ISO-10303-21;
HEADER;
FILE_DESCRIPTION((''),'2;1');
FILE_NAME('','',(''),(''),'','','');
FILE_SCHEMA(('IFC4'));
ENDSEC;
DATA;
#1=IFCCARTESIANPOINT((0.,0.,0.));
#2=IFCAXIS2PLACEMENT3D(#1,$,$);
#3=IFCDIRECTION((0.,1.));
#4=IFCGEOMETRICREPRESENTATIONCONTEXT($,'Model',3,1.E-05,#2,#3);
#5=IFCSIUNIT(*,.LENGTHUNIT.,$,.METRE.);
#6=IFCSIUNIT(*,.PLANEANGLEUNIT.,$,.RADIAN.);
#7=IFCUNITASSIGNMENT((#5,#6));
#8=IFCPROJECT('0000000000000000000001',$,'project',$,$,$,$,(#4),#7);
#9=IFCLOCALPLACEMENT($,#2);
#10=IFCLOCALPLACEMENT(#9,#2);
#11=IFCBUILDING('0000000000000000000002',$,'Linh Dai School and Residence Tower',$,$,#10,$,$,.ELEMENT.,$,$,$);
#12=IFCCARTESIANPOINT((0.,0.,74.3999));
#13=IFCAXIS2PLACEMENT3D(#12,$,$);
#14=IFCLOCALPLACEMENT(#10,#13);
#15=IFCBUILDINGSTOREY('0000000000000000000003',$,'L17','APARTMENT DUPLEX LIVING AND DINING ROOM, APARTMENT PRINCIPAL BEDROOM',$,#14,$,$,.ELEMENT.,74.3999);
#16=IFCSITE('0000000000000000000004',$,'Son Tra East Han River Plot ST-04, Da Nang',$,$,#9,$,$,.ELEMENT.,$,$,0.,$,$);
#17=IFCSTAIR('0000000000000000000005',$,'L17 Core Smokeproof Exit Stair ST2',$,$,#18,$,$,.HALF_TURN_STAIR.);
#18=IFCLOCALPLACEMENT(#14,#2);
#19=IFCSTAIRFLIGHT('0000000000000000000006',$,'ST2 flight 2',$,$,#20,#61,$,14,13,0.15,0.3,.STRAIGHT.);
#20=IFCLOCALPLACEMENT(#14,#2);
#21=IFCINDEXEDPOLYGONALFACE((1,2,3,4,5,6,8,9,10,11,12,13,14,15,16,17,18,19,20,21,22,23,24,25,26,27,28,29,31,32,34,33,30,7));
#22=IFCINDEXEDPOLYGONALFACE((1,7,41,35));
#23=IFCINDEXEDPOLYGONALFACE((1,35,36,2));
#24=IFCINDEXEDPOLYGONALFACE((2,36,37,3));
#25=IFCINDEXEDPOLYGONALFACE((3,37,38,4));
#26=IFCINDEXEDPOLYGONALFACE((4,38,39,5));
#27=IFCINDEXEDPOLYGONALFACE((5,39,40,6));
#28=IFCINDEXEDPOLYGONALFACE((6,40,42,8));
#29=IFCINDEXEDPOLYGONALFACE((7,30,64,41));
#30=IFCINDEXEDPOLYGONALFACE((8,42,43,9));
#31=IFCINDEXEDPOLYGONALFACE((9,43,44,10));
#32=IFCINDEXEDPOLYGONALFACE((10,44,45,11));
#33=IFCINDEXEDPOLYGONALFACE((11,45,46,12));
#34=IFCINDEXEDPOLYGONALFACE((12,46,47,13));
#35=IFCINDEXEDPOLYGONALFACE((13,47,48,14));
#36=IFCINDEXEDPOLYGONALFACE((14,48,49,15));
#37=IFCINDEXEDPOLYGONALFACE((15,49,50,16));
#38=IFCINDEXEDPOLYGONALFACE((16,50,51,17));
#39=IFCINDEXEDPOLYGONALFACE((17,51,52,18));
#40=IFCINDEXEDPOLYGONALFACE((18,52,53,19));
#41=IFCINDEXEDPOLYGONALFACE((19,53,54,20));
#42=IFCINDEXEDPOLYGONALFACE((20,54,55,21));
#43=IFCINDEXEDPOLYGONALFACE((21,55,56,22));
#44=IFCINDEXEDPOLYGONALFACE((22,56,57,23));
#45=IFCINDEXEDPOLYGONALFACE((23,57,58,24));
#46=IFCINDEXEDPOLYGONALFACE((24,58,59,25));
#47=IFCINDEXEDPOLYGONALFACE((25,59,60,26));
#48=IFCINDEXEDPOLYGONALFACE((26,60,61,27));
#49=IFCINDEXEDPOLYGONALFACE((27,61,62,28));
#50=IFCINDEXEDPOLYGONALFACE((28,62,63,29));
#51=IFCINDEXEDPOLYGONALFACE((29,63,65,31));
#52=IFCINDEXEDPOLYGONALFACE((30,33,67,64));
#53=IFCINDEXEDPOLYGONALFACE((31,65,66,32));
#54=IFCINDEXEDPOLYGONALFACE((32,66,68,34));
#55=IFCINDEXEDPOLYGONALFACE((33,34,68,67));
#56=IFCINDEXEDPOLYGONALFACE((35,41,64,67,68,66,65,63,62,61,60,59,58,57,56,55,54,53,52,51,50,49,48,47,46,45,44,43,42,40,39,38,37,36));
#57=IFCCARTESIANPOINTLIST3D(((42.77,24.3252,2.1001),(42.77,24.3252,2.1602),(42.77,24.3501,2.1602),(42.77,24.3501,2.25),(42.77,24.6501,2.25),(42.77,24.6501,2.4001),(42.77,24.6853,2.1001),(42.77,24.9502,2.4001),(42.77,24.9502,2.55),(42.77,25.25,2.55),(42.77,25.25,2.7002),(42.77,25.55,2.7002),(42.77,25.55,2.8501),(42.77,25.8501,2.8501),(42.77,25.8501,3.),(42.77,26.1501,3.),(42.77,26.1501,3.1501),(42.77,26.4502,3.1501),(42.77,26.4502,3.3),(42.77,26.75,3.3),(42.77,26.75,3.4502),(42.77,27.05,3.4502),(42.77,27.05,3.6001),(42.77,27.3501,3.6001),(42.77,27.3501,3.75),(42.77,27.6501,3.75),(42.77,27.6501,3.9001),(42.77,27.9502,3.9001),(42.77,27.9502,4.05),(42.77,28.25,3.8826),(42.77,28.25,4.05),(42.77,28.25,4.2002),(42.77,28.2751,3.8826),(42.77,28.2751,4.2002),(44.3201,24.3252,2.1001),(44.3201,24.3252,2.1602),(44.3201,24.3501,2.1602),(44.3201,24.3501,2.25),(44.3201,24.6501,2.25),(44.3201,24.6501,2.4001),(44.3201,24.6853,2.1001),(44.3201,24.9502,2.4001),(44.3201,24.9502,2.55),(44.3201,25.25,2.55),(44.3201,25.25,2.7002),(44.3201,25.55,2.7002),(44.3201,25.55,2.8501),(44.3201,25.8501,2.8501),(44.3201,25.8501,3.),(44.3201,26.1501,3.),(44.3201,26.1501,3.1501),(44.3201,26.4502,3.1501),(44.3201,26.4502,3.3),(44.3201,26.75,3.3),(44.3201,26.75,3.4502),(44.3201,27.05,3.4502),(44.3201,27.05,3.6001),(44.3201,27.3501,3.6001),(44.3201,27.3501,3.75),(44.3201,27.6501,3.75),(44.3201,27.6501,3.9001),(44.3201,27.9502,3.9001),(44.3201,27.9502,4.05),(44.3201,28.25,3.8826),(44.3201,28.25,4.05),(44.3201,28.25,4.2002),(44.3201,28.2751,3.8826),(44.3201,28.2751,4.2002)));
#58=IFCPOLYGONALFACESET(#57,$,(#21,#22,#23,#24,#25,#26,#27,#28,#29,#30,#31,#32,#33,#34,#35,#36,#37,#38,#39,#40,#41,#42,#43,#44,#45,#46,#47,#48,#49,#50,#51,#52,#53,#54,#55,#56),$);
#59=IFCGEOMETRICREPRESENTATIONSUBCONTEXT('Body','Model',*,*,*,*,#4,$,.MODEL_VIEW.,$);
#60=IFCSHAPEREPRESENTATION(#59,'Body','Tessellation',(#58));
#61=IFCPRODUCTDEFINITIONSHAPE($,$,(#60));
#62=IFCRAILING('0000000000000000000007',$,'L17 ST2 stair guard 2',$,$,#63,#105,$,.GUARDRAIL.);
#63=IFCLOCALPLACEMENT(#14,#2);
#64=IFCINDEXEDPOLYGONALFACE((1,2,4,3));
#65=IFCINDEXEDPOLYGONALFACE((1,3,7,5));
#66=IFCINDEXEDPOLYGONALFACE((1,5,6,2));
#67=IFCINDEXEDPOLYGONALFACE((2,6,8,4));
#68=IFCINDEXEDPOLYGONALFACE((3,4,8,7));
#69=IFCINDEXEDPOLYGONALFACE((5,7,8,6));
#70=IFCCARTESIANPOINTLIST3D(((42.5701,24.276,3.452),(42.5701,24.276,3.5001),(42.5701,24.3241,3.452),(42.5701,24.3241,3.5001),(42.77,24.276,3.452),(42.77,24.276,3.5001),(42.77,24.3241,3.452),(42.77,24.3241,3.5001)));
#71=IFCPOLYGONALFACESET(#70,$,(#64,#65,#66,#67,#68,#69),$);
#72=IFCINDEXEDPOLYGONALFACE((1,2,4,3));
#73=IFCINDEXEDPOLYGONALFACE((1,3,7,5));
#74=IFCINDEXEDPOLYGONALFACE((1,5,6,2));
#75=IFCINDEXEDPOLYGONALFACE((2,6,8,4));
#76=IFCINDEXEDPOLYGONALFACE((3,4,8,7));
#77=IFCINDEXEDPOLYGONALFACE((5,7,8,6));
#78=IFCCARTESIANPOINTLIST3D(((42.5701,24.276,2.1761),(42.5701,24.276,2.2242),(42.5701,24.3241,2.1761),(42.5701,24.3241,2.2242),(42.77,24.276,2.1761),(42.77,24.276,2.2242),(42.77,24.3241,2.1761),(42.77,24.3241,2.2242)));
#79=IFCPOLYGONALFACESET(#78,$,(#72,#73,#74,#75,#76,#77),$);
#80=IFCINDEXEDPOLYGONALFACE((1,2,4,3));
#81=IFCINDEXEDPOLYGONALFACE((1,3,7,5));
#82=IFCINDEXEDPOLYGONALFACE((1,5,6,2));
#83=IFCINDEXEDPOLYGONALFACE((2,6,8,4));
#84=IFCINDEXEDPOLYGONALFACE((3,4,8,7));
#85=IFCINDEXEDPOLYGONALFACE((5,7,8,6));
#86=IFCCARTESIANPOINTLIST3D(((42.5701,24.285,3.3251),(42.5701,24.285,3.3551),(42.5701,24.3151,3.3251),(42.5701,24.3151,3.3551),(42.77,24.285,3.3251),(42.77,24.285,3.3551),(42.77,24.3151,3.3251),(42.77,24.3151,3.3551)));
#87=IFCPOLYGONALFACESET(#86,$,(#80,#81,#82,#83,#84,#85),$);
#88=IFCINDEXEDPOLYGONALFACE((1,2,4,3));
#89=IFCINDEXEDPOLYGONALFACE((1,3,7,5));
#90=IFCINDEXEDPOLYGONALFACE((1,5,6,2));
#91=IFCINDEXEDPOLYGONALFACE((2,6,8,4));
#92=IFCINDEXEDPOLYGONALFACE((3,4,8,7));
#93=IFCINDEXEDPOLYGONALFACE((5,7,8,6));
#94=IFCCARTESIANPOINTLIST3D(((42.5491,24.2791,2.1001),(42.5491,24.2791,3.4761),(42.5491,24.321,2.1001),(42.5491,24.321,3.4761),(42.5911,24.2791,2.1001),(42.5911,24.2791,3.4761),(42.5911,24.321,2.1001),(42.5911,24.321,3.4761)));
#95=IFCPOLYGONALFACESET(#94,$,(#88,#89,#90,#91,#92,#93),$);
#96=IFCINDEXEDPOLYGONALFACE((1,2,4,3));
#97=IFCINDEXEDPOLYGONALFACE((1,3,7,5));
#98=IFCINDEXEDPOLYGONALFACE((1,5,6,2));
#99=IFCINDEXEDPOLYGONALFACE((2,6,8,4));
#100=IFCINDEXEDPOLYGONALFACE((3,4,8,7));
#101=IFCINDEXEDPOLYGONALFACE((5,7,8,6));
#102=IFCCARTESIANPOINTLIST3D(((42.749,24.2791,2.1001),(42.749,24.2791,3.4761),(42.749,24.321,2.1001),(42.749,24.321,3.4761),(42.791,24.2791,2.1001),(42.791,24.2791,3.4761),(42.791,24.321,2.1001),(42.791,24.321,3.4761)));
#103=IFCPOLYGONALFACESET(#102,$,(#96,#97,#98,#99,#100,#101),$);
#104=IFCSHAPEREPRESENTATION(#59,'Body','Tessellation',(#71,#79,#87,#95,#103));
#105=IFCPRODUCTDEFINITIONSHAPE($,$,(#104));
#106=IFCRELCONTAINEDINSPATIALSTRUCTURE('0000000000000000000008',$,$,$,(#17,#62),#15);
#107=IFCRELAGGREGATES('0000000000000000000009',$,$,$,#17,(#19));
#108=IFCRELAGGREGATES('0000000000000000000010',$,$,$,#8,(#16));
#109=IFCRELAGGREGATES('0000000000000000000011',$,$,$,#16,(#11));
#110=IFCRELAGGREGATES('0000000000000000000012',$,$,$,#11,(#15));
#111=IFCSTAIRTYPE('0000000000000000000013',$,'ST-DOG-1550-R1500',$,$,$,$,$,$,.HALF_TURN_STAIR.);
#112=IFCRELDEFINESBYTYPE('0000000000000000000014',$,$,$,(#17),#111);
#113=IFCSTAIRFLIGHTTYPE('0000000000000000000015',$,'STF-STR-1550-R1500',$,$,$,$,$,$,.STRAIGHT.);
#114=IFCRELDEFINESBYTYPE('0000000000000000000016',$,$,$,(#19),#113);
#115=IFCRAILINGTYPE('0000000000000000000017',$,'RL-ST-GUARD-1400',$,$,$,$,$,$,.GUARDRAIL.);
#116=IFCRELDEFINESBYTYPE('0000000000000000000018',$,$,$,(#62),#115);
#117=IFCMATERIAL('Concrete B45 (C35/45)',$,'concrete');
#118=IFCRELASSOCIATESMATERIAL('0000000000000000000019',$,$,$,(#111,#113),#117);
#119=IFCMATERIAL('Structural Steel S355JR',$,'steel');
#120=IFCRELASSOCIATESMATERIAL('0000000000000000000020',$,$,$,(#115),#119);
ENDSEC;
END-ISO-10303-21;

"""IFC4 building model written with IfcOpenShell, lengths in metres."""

from ifc_helpers import new_model, si_unit, direction, frame, origin, origin_2d, place, context, subcontext, project, spatial, polyline, rectangle, outline, extrude, source, transform, mapped, material, type_object, element, aggregate, save


model = new_model("IFC4")

# Units and contexts
model_context = context("Model", 3, precision=1e-05, world=origin(), true_north=direction((0.0, 1.0)))
body_context = subcontext(model_context, "Body", "Model", "MODEL_VIEW")
ifc_project = project(units=[si_unit("LENGTHUNIT", "METRE"), si_unit("PLANEANGLEUNIT", "RADIAN")], contexts=[model_context])

# Site, building, storey
site_placement = place(None, origin())
site = spatial("IfcSite", under=ifc_project, at=site_placement, Name="Son Tra East Han River Plot ST-04, Da Nang", CompositionType="ELEMENT", RefElevation=0.0)
building_placement = place(site_placement, origin())
building = spatial("IfcBuilding", under=site, at=building_placement, Name="Linh Dai School and Residence Tower", CompositionType="ELEMENT")
storey_placement = place(building_placement, frame((0.0, 0.0, 74.3999)))
storey = spatial("IfcBuildingStorey", under=building, at=storey_placement, Name="L17", Description="APARTMENT DUPLEX LIVING AND DINING ROOM, APARTMENT PRINCIPAL BEDROOM", CompositionType="ELEMENT", Elevation=74.3999)

# Shared definitions
ifc_material_1 = material(Name="Structural Steel S355JR", Category="steel")

# Shared definitions
ifc_material_2 = material(Name="Concrete B45 (C35/45)", Category="concrete")

# Stair, stair flight
stair_type = type_object("IfcStairType", Name="ST-DOG-1550-R1500", PredefinedType="HALF_TURN_STAIR", material=ifc_material_2)
stair_placement = place(storey_placement, origin())
stair = element("IfcStair", 1, at=stair_placement, inside=storey, type_object=stair_type, Name="L17 Core Smokeproof Exit Stair ST2", PredefinedType="HALF_TURN_STAIR")
stair_flight_type = type_object("IfcStairFlightType", Name="STF-STR-1550-R1500", PredefinedType="STRAIGHT", material=ifc_material_2)
shared_shape_1 = source(origin(), body_context, "Body", "SweptSolid", [
    extrude(outline(polyline([(-0.0249, 0.0), (-0.0249, 0.0601), (0.0, 0.0601), (0.0, 0.1499), (0.3, 0.1499), (0.3, 0.3), (0.6001, 0.3), (0.6001, 0.45), (0.8999, 0.45), (0.8999, 0.6001), (1.2, 0.6001), (1.2, 0.75), (1.5, 0.75), (1.5, 0.8999), (1.8, 0.8999), (1.8, 1.05), (2.1001, 1.05), (2.1001, 1.2), (2.3999, 1.2), (2.3999, 1.3501), (2.7, 1.3501), (2.7, 1.5), (3.0, 1.5), (3.0, 1.6499), (3.3, 1.6499), (3.3, 1.8), (3.6001, 1.8), (3.6001, 1.95), (3.8999, 1.95), (3.8999, 2.1001), (3.925, 2.1001), (3.925, 1.7825), (3.8999, 1.7825), (0.3352, 0.0), (-0.0249, 0.0)])), frame((0.0, 0.7749, 0.0), z_axis=(0.0, -1.0, 0.0), x_axis=(1.0, 0.0, 0.0)), (0.0, 0.0, 1.0), 1.55),
])
stair_flight_placement = place(storey_placement, frame((43.5449, 24.3501, 2.1001), z_axis=(0.0, 0.0, 1.0), x_axis=(0.0, 1.0, 0.0)))
stair_flight = element("IfcStairFlight", 2, at=stair_flight_placement, type_object=stair_flight_type, Name="ST2 flight 2", NumberOfRisers=14, NumberOfTreads=13, PredefinedType="STRAIGHT", RiserHeight=0.15, TreadLength=0.3, context=body_context, shape_type="MappedRepresentation", body=[
    mapped(shared_shape_1, transform((0.0, 0.0, 0.0), x_axis=(1.0, 0.0, 0.0), y_axis=(0.0, 1.0, 0.0), z_axis=(0.0, 0.0, 1.0), scale=1.0)),
])
aggregate(stair, [stair_flight])

# Railing
railing_type = type_object("IfcRailingType", Name="RL-ST-GUARD-1400", PredefinedType="GUARDRAIL", material=ifc_material_1)
shared_shape_2 = source(origin(), body_context, "Body", "SweptSolid", [
    extrude(rectangle(XDim=0.0481, YDim=0.0481, at=origin_2d()), frame((0.0, 0.0, 1.376), z_axis=(1.0, 0.0, 0.0), x_axis=(0.0, 1.0, 0.0)), (0.0, 0.0, 1.0), 0.2),
    extrude(rectangle(XDim=0.0481, YDim=0.0481, at=origin_2d()), frame((0.0, 0.0, 0.1001), z_axis=(1.0, 0.0, 0.0), x_axis=(0.0, 1.0, 0.0)), (0.0, 0.0, 1.0), 0.2),
    extrude(rectangle(XDim=0.03, YDim=0.03, at=origin_2d()), frame((0.0, 0.0, 1.24), z_axis=(1.0, 0.0, 0.0), x_axis=(0.0, 1.0, 0.0)), (0.0, 0.0, 1.0), 0.2),
    extrude(rectangle(XDim=0.042, YDim=0.042, at=origin_2d()), origin(), (0.0, 0.0, 1.0), 1.376),
    extrude(rectangle(XDim=0.042, YDim=0.042, at=origin_2d()), frame((0.2, 0.0, 0.0)), (0.0, 0.0, 1.0), 1.376),
])
railing_1_placement = place(storey_placement, frame((42.5701, 24.3, 2.1001)))
element("IfcRailing", 3, at=railing_1_placement, inside=storey, type_object=railing_type, Name="L17 ST2 stair guard 2", PredefinedType="GUARDRAIL", context=body_context, shape_type="MappedRepresentation", body=[
    mapped(shared_shape_2, transform((0.0, 0.0, 0.0), x_axis=(1.0, 0.0, 0.0), y_axis=(0.0, 1.0, 0.0), z_axis=(0.0, 0.0, 1.0), scale=1.0)),
])

save(model, "model.ifc")
